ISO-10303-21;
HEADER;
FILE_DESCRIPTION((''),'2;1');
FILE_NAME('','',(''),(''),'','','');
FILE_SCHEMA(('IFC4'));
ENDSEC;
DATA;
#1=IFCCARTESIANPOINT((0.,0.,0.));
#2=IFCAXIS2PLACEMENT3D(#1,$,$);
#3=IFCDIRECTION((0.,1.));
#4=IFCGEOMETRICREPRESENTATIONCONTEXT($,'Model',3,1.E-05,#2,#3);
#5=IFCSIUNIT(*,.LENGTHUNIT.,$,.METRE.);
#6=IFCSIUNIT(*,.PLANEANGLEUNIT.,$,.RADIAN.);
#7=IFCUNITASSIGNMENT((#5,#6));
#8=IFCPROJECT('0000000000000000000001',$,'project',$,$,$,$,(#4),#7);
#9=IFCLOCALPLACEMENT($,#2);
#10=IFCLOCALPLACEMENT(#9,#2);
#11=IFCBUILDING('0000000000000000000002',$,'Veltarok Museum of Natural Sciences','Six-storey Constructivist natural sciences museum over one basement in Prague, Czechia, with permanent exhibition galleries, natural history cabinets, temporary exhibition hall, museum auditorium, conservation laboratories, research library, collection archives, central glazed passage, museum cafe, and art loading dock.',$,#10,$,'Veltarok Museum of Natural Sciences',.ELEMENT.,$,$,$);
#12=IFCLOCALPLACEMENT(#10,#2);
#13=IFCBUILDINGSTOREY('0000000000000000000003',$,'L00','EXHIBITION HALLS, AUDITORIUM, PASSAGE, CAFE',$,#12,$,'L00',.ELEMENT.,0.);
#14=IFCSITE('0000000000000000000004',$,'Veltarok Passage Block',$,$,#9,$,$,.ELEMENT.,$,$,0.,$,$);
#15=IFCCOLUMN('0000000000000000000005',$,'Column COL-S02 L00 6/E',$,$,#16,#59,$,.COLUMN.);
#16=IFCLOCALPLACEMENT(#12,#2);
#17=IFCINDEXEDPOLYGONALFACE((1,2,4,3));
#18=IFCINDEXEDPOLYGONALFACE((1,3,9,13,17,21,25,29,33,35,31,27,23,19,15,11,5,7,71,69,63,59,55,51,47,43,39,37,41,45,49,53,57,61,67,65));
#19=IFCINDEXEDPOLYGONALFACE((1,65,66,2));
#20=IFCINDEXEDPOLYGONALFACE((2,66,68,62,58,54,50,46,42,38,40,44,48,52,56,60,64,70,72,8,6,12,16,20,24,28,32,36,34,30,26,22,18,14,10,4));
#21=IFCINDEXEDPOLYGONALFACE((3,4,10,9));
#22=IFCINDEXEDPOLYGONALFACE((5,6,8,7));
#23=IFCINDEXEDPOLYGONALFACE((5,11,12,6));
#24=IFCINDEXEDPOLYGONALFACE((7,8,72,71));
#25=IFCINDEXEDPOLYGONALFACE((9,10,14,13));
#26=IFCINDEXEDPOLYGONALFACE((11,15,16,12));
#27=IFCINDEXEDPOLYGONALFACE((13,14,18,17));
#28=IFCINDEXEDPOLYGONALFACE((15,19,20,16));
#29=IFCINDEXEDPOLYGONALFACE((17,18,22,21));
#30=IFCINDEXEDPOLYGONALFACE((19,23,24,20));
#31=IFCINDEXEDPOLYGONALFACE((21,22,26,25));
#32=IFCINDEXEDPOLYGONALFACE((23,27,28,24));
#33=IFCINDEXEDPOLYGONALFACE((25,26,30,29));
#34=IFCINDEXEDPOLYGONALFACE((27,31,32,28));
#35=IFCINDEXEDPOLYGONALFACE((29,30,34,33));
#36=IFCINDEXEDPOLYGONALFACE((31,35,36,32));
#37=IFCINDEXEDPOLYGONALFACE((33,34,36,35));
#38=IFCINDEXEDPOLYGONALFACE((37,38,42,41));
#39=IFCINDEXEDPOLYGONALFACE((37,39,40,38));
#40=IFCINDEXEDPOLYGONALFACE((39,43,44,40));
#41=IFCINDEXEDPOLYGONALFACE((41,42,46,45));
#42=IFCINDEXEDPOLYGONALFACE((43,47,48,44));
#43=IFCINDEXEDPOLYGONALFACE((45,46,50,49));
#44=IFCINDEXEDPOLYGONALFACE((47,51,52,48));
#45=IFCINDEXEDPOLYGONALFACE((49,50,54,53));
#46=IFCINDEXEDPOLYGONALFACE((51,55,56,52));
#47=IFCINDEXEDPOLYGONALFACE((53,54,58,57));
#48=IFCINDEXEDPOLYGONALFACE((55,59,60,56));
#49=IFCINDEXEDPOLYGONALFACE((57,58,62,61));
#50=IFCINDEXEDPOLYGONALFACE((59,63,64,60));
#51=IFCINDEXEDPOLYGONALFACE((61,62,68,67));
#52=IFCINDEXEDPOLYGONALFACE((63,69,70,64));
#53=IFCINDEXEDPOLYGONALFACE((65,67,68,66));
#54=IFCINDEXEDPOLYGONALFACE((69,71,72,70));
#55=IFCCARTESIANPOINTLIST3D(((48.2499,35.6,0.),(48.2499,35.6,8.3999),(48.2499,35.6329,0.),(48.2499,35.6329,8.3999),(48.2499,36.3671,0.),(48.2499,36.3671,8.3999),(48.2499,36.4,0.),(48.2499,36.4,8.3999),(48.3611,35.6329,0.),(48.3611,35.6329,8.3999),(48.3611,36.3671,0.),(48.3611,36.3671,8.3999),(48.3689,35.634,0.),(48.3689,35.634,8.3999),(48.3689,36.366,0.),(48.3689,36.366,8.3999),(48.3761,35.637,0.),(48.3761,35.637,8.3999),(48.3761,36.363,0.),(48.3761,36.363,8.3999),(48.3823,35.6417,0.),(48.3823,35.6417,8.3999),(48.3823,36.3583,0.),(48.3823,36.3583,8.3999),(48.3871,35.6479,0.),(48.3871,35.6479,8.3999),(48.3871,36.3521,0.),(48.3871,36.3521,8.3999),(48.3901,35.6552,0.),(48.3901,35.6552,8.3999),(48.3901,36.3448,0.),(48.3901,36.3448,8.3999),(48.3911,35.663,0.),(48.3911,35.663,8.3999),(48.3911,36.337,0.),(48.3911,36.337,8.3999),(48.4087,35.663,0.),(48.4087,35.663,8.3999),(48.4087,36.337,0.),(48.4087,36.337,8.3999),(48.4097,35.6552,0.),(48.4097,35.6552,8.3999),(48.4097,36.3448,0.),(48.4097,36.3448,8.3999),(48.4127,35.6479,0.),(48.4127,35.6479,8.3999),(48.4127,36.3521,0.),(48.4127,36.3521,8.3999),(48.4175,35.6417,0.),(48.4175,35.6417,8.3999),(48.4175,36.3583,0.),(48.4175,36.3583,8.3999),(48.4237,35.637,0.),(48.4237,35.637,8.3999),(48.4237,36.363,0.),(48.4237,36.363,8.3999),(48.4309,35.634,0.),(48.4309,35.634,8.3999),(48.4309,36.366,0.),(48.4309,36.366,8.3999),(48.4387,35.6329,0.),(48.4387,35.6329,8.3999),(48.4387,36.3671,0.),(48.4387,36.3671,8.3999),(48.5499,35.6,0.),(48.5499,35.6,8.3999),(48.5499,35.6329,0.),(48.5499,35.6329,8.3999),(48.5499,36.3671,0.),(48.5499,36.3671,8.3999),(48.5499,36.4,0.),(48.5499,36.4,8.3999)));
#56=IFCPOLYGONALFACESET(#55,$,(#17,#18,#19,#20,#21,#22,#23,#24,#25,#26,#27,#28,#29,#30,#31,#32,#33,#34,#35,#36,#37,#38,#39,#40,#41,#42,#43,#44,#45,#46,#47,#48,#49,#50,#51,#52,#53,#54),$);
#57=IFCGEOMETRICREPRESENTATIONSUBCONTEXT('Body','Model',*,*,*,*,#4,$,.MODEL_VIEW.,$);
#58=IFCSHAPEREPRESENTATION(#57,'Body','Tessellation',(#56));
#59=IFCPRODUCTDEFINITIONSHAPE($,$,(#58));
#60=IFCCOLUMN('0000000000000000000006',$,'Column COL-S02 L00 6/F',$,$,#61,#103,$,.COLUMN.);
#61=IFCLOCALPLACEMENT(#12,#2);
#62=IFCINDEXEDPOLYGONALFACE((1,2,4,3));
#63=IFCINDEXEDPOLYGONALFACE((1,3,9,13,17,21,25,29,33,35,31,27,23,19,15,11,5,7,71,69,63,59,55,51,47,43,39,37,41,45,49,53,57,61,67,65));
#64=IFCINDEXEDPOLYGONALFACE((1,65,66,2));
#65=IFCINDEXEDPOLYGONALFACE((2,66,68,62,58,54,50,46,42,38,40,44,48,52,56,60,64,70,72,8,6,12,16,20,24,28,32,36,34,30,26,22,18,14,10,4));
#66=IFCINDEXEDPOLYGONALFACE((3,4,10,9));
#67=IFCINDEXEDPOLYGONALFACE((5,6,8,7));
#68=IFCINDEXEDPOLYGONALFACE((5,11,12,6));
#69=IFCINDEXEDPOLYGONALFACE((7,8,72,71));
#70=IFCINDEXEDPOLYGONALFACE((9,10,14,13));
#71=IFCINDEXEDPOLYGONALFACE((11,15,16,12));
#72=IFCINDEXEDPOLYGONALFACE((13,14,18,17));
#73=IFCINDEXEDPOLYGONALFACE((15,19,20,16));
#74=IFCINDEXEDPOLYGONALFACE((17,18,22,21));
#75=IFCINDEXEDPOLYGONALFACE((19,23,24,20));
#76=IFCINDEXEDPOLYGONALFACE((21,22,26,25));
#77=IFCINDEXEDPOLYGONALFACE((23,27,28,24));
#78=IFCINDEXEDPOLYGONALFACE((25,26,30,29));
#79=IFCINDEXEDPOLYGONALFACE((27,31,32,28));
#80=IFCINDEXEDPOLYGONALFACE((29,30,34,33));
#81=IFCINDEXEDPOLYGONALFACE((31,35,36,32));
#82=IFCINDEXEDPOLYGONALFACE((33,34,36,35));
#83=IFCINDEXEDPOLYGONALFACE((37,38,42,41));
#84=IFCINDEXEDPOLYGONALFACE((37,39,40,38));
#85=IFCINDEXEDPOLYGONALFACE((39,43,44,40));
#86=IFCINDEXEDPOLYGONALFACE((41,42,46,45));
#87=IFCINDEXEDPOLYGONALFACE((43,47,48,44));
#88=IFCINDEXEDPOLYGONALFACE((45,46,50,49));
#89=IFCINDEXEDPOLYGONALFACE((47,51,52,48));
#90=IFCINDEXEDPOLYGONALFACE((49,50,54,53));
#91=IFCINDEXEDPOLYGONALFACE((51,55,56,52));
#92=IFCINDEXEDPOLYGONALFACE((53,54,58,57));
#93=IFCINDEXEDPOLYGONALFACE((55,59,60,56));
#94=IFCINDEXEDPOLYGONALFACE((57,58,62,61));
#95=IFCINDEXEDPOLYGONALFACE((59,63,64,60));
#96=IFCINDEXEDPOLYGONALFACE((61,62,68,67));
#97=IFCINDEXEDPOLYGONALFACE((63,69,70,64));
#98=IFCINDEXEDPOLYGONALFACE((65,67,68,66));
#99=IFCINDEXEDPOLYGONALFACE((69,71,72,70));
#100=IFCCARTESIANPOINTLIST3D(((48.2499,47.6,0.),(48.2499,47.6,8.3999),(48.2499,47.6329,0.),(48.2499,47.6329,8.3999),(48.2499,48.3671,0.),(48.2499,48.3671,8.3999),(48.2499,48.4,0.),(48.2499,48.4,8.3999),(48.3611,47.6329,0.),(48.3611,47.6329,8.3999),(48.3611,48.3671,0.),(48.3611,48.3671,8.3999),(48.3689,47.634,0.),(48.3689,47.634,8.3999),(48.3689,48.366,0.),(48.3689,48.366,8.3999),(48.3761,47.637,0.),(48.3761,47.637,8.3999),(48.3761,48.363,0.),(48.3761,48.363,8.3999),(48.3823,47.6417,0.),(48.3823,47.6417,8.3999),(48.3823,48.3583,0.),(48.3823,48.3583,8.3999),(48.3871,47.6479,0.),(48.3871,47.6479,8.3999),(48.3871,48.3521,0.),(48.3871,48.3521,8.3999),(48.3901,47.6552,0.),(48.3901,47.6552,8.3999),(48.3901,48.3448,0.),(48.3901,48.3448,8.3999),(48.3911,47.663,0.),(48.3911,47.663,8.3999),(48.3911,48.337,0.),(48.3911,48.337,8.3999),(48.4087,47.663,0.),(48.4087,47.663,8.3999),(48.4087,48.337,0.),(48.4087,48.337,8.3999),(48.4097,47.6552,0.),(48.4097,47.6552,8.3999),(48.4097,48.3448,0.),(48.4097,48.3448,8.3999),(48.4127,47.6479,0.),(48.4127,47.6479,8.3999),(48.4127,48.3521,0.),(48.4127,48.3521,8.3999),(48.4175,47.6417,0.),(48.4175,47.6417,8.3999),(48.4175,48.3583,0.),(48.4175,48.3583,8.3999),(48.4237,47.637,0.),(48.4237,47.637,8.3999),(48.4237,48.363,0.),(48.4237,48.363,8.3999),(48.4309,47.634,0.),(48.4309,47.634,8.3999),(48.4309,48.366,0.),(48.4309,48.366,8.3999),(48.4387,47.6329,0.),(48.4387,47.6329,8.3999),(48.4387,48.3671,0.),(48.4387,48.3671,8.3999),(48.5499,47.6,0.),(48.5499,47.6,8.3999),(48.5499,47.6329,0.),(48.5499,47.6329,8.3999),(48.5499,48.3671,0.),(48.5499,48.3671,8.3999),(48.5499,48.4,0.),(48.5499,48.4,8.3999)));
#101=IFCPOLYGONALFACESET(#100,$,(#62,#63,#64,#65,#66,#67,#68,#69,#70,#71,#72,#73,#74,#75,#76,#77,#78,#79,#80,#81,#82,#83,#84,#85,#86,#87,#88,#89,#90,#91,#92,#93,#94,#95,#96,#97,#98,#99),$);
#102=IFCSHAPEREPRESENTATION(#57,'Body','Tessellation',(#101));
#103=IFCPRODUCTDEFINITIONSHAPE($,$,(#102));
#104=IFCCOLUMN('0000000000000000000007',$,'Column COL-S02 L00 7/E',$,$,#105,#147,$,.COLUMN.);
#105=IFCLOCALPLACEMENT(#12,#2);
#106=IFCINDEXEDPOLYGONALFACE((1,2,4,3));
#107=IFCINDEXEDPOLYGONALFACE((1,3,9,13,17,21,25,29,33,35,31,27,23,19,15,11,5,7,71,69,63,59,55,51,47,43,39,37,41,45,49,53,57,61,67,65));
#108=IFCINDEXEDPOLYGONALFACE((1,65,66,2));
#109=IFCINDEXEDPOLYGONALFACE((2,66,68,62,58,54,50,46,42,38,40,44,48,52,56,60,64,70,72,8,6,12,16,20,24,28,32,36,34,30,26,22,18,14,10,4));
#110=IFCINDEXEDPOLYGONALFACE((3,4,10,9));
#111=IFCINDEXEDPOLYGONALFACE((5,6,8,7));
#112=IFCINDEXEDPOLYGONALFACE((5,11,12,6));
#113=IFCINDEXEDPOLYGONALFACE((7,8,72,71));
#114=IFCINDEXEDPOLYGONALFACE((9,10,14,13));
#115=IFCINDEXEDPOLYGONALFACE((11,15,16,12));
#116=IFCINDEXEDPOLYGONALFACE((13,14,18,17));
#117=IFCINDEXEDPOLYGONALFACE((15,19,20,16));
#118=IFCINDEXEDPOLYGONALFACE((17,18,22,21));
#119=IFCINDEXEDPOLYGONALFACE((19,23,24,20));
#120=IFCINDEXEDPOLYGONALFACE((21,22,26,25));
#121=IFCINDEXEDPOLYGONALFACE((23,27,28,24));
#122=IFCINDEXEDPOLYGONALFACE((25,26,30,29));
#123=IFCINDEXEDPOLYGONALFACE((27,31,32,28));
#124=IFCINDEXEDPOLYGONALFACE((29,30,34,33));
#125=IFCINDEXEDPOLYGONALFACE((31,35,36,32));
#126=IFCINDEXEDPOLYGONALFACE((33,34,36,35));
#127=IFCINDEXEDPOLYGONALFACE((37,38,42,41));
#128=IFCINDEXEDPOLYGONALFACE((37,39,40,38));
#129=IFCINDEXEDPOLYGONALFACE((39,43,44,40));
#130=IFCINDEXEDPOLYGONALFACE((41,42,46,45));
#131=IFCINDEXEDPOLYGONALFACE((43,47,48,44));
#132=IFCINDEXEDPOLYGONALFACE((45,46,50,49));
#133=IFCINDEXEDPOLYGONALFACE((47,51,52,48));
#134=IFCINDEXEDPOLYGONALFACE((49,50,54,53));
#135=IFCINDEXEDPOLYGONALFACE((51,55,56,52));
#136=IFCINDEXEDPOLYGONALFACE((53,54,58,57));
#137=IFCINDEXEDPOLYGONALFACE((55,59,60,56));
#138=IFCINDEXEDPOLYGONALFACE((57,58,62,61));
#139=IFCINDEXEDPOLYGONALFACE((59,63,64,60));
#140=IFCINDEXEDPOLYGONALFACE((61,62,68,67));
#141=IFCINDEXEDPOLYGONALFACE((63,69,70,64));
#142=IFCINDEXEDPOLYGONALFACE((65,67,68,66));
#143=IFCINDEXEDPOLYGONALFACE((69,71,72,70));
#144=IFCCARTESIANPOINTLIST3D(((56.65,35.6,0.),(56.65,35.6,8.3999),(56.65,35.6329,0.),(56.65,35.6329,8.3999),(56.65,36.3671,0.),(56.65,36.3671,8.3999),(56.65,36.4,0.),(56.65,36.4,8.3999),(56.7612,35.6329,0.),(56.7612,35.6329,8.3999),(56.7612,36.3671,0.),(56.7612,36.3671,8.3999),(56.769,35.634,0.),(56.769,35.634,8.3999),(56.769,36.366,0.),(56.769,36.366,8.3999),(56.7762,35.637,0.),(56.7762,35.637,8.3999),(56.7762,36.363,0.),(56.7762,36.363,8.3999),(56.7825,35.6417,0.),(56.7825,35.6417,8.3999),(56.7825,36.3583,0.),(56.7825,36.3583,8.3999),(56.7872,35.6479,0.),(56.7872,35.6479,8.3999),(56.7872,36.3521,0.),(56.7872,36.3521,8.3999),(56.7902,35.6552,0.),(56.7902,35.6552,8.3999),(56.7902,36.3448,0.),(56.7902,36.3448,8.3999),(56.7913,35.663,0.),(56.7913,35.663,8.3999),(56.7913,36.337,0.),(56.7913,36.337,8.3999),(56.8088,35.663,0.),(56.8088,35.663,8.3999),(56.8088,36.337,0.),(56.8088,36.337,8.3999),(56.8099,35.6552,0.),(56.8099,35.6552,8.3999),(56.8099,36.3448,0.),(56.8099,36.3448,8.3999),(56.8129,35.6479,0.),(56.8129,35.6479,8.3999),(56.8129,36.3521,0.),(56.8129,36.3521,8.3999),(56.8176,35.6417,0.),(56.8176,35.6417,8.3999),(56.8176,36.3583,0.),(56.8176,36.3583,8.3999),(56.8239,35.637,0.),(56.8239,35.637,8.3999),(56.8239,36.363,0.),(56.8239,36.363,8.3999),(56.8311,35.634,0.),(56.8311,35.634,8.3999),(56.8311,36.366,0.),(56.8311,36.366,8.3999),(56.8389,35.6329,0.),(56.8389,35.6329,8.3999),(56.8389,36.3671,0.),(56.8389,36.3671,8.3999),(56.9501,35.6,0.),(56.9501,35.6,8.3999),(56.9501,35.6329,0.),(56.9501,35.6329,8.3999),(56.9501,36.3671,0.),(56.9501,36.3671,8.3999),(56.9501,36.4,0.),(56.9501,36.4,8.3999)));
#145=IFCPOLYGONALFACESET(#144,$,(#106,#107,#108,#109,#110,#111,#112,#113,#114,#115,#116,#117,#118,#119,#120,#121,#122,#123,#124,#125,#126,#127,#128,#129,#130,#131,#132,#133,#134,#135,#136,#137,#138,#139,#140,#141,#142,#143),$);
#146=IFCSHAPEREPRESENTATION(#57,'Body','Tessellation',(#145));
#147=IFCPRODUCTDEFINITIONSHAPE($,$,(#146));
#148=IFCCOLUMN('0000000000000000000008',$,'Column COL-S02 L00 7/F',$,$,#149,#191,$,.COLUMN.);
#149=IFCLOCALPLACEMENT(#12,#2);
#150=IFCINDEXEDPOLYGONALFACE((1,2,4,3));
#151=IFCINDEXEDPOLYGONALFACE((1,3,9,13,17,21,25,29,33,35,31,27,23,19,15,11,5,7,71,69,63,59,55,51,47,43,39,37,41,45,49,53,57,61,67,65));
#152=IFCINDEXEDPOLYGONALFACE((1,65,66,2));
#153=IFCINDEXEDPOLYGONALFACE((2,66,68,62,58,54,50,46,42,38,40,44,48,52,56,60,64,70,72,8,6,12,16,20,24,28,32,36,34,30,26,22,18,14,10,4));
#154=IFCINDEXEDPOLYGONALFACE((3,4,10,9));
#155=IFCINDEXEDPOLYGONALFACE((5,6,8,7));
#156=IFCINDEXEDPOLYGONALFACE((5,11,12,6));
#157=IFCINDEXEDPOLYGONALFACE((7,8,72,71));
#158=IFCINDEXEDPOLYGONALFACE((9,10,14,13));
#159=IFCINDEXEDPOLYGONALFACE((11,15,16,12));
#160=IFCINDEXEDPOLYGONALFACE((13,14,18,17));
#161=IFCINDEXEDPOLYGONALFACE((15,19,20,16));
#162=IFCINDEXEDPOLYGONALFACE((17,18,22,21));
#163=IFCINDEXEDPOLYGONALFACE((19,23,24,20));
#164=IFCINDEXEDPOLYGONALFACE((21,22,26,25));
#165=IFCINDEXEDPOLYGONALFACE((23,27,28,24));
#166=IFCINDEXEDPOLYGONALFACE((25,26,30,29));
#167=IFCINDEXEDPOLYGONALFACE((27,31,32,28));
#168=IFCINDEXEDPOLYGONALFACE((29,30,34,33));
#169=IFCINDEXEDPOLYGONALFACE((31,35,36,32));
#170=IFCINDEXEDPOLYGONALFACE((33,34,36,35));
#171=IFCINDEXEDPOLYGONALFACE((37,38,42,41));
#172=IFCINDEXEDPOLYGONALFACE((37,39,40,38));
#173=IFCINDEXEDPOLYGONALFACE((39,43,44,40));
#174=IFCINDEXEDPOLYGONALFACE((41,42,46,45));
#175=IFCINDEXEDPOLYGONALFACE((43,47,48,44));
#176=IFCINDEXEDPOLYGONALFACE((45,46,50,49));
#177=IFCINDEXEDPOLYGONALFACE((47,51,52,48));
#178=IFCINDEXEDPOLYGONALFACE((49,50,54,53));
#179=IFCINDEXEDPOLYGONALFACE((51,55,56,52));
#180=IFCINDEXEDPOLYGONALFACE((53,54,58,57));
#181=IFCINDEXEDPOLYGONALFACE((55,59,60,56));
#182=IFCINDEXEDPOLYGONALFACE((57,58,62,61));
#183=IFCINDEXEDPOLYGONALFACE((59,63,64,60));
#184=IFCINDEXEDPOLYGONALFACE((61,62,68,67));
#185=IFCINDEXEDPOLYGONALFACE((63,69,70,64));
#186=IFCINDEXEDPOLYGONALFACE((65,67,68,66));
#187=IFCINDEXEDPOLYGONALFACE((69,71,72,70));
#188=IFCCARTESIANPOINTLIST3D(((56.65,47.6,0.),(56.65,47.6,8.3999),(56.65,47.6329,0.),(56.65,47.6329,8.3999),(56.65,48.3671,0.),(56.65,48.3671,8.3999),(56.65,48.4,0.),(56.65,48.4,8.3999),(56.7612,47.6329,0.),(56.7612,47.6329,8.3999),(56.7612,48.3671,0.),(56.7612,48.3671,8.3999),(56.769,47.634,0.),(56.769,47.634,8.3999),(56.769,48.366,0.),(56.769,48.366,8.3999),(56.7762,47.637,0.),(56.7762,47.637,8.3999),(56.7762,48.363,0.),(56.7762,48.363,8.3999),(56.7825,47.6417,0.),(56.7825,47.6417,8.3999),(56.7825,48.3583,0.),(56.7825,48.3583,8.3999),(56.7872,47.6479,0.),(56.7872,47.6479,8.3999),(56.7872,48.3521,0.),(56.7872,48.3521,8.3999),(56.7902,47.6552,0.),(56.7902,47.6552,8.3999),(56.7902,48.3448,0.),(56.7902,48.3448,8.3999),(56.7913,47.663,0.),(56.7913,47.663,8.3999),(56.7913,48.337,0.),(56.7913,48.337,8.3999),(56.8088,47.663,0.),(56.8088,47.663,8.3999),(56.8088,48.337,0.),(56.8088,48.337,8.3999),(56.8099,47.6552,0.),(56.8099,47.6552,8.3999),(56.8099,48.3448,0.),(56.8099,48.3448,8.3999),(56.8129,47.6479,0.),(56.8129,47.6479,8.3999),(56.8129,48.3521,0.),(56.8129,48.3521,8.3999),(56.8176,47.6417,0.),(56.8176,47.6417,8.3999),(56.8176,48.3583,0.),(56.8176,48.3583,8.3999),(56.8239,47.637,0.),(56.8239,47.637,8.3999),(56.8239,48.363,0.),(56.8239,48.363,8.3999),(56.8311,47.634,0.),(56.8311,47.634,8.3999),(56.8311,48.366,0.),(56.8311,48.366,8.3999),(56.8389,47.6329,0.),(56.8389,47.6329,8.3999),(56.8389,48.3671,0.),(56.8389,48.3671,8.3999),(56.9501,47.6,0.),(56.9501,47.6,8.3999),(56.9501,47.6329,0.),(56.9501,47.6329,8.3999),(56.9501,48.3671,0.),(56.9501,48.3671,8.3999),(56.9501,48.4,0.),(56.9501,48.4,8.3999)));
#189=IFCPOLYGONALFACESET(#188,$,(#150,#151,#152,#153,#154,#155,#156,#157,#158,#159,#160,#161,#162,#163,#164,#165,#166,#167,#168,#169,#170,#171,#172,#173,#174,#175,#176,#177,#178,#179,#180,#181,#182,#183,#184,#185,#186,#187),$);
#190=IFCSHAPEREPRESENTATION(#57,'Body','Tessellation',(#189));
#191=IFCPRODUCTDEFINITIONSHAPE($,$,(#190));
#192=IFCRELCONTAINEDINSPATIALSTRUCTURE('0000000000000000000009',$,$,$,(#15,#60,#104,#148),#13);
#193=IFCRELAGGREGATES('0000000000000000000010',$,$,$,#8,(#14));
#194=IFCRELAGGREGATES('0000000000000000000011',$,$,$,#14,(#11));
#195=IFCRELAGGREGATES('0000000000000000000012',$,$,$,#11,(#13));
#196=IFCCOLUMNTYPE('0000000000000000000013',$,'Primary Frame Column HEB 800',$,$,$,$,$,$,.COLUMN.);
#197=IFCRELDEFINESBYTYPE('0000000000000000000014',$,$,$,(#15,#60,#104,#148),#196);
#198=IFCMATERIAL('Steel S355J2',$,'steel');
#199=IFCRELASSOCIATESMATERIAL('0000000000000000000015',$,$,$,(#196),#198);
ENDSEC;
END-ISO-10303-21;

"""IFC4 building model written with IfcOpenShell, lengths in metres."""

from ifc_helpers import new_model, si_unit, direction, frame, origin, origin_2d, place, context, subcontext, project, spatial, i_section, extrude, material, material_profile, profile_set, type_object, element, save


model = new_model("IFC4")

# Units and contexts
model_context = context("Model", 3, precision=1e-05, world=origin(), true_north=direction((0.0, 1.0)))
body_context = subcontext(model_context, "Body", "Model", "MODEL_VIEW")
ifc_project = project(units=[si_unit("LENGTHUNIT", "METRE"), si_unit("PLANEANGLEUNIT", "RADIAN")], contexts=[model_context])

# Site, building, storey
site_placement = place(None, origin())
site = spatial("IfcSite", under=ifc_project, at=site_placement, Name="Veltarok Passage Block", CompositionType="ELEMENT", RefElevation=0.0)
building_placement = place(site_placement, origin())
building = spatial("IfcBuilding", under=site, at=building_placement, Name="Veltarok Museum of Natural Sciences", Description="Six-storey Constructivist natural sciences museum over one basement in Prague, Czechia, with permanent exhibition galleries, natural history cabinets, temporary exhibition hall, museum auditorium, conservation laboratories, research library, collection archives, central glazed passage, museum cafe, and art loading dock.", LongName="Veltarok Museum of Natural Sciences", CompositionType="ELEMENT")
storey_placement = place(building_placement, origin())
storey = spatial("IfcBuildingStorey", under=building, at=storey_placement, Name="L00", Description="EXHIBITION HALLS, AUDITORIUM, PASSAGE, CAFE", LongName="L00", CompositionType="ELEMENT", Elevation=0.0)

# Columns
ifc_material_1 = material(Name="Steel S355J2", Category="steel")
ifc_material_profile_1 = material_profile(ifc_material_1, i_section(OverallWidth=0.3, OverallDepth=0.8, WebThickness=0.0176, FlangeThickness=0.033, FilletRadius=0.03, at=origin_2d()), Name="HEB 800")
ifc_profile_set_1 = profile_set([ifc_material_profile_1], Name="Steel S355J2")
column_type = type_object("IfcColumnType", Name="Primary Frame Column HEB 800", PredefinedType="COLUMN", material=ifc_profile_set_1)
for number, where, z_axis, x_axis, name in (
    (1, (48.3999, 36.0, 0.0), (0.0, 0.0, 1.0), (1.0, 0.0, 0.0), "Column COL-S02 L00 6/E"),
    (2, (48.3999, 48.0, 0.0), (0.0, 0.0, 1.0), (1.0, 0.0, 0.0), "Column COL-S02 L00 6/F"),
    (3, (56.8, 36.0, 0.0), (0.0, 0.0, 1.0), (1.0, 0.0, 0.0), "Column COL-S02 L00 7/E"),
    (4, (56.8, 48.0, 0.0), (0.0, 0.0, 1.0), (1.0, 0.0, 0.0), "Column COL-S02 L00 7/F"),
):
    element("IfcColumn", number, at=place(storey_placement, frame(where, z_axis=z_axis, x_axis=x_axis)), inside=storey, type_object=column_type, Name=name, PredefinedType="COLUMN", context=body_context, shape_type="SweptSolid", body=[
        extrude(i_section(OverallWidth=0.3, OverallDepth=0.8, WebThickness=0.0176, FlangeThickness=0.033, FilletRadius=0.03, at=origin_2d()), origin(), (0.0, 0.0, 1.0), 8.3999),
    ])

save(model, "model.ifc")
